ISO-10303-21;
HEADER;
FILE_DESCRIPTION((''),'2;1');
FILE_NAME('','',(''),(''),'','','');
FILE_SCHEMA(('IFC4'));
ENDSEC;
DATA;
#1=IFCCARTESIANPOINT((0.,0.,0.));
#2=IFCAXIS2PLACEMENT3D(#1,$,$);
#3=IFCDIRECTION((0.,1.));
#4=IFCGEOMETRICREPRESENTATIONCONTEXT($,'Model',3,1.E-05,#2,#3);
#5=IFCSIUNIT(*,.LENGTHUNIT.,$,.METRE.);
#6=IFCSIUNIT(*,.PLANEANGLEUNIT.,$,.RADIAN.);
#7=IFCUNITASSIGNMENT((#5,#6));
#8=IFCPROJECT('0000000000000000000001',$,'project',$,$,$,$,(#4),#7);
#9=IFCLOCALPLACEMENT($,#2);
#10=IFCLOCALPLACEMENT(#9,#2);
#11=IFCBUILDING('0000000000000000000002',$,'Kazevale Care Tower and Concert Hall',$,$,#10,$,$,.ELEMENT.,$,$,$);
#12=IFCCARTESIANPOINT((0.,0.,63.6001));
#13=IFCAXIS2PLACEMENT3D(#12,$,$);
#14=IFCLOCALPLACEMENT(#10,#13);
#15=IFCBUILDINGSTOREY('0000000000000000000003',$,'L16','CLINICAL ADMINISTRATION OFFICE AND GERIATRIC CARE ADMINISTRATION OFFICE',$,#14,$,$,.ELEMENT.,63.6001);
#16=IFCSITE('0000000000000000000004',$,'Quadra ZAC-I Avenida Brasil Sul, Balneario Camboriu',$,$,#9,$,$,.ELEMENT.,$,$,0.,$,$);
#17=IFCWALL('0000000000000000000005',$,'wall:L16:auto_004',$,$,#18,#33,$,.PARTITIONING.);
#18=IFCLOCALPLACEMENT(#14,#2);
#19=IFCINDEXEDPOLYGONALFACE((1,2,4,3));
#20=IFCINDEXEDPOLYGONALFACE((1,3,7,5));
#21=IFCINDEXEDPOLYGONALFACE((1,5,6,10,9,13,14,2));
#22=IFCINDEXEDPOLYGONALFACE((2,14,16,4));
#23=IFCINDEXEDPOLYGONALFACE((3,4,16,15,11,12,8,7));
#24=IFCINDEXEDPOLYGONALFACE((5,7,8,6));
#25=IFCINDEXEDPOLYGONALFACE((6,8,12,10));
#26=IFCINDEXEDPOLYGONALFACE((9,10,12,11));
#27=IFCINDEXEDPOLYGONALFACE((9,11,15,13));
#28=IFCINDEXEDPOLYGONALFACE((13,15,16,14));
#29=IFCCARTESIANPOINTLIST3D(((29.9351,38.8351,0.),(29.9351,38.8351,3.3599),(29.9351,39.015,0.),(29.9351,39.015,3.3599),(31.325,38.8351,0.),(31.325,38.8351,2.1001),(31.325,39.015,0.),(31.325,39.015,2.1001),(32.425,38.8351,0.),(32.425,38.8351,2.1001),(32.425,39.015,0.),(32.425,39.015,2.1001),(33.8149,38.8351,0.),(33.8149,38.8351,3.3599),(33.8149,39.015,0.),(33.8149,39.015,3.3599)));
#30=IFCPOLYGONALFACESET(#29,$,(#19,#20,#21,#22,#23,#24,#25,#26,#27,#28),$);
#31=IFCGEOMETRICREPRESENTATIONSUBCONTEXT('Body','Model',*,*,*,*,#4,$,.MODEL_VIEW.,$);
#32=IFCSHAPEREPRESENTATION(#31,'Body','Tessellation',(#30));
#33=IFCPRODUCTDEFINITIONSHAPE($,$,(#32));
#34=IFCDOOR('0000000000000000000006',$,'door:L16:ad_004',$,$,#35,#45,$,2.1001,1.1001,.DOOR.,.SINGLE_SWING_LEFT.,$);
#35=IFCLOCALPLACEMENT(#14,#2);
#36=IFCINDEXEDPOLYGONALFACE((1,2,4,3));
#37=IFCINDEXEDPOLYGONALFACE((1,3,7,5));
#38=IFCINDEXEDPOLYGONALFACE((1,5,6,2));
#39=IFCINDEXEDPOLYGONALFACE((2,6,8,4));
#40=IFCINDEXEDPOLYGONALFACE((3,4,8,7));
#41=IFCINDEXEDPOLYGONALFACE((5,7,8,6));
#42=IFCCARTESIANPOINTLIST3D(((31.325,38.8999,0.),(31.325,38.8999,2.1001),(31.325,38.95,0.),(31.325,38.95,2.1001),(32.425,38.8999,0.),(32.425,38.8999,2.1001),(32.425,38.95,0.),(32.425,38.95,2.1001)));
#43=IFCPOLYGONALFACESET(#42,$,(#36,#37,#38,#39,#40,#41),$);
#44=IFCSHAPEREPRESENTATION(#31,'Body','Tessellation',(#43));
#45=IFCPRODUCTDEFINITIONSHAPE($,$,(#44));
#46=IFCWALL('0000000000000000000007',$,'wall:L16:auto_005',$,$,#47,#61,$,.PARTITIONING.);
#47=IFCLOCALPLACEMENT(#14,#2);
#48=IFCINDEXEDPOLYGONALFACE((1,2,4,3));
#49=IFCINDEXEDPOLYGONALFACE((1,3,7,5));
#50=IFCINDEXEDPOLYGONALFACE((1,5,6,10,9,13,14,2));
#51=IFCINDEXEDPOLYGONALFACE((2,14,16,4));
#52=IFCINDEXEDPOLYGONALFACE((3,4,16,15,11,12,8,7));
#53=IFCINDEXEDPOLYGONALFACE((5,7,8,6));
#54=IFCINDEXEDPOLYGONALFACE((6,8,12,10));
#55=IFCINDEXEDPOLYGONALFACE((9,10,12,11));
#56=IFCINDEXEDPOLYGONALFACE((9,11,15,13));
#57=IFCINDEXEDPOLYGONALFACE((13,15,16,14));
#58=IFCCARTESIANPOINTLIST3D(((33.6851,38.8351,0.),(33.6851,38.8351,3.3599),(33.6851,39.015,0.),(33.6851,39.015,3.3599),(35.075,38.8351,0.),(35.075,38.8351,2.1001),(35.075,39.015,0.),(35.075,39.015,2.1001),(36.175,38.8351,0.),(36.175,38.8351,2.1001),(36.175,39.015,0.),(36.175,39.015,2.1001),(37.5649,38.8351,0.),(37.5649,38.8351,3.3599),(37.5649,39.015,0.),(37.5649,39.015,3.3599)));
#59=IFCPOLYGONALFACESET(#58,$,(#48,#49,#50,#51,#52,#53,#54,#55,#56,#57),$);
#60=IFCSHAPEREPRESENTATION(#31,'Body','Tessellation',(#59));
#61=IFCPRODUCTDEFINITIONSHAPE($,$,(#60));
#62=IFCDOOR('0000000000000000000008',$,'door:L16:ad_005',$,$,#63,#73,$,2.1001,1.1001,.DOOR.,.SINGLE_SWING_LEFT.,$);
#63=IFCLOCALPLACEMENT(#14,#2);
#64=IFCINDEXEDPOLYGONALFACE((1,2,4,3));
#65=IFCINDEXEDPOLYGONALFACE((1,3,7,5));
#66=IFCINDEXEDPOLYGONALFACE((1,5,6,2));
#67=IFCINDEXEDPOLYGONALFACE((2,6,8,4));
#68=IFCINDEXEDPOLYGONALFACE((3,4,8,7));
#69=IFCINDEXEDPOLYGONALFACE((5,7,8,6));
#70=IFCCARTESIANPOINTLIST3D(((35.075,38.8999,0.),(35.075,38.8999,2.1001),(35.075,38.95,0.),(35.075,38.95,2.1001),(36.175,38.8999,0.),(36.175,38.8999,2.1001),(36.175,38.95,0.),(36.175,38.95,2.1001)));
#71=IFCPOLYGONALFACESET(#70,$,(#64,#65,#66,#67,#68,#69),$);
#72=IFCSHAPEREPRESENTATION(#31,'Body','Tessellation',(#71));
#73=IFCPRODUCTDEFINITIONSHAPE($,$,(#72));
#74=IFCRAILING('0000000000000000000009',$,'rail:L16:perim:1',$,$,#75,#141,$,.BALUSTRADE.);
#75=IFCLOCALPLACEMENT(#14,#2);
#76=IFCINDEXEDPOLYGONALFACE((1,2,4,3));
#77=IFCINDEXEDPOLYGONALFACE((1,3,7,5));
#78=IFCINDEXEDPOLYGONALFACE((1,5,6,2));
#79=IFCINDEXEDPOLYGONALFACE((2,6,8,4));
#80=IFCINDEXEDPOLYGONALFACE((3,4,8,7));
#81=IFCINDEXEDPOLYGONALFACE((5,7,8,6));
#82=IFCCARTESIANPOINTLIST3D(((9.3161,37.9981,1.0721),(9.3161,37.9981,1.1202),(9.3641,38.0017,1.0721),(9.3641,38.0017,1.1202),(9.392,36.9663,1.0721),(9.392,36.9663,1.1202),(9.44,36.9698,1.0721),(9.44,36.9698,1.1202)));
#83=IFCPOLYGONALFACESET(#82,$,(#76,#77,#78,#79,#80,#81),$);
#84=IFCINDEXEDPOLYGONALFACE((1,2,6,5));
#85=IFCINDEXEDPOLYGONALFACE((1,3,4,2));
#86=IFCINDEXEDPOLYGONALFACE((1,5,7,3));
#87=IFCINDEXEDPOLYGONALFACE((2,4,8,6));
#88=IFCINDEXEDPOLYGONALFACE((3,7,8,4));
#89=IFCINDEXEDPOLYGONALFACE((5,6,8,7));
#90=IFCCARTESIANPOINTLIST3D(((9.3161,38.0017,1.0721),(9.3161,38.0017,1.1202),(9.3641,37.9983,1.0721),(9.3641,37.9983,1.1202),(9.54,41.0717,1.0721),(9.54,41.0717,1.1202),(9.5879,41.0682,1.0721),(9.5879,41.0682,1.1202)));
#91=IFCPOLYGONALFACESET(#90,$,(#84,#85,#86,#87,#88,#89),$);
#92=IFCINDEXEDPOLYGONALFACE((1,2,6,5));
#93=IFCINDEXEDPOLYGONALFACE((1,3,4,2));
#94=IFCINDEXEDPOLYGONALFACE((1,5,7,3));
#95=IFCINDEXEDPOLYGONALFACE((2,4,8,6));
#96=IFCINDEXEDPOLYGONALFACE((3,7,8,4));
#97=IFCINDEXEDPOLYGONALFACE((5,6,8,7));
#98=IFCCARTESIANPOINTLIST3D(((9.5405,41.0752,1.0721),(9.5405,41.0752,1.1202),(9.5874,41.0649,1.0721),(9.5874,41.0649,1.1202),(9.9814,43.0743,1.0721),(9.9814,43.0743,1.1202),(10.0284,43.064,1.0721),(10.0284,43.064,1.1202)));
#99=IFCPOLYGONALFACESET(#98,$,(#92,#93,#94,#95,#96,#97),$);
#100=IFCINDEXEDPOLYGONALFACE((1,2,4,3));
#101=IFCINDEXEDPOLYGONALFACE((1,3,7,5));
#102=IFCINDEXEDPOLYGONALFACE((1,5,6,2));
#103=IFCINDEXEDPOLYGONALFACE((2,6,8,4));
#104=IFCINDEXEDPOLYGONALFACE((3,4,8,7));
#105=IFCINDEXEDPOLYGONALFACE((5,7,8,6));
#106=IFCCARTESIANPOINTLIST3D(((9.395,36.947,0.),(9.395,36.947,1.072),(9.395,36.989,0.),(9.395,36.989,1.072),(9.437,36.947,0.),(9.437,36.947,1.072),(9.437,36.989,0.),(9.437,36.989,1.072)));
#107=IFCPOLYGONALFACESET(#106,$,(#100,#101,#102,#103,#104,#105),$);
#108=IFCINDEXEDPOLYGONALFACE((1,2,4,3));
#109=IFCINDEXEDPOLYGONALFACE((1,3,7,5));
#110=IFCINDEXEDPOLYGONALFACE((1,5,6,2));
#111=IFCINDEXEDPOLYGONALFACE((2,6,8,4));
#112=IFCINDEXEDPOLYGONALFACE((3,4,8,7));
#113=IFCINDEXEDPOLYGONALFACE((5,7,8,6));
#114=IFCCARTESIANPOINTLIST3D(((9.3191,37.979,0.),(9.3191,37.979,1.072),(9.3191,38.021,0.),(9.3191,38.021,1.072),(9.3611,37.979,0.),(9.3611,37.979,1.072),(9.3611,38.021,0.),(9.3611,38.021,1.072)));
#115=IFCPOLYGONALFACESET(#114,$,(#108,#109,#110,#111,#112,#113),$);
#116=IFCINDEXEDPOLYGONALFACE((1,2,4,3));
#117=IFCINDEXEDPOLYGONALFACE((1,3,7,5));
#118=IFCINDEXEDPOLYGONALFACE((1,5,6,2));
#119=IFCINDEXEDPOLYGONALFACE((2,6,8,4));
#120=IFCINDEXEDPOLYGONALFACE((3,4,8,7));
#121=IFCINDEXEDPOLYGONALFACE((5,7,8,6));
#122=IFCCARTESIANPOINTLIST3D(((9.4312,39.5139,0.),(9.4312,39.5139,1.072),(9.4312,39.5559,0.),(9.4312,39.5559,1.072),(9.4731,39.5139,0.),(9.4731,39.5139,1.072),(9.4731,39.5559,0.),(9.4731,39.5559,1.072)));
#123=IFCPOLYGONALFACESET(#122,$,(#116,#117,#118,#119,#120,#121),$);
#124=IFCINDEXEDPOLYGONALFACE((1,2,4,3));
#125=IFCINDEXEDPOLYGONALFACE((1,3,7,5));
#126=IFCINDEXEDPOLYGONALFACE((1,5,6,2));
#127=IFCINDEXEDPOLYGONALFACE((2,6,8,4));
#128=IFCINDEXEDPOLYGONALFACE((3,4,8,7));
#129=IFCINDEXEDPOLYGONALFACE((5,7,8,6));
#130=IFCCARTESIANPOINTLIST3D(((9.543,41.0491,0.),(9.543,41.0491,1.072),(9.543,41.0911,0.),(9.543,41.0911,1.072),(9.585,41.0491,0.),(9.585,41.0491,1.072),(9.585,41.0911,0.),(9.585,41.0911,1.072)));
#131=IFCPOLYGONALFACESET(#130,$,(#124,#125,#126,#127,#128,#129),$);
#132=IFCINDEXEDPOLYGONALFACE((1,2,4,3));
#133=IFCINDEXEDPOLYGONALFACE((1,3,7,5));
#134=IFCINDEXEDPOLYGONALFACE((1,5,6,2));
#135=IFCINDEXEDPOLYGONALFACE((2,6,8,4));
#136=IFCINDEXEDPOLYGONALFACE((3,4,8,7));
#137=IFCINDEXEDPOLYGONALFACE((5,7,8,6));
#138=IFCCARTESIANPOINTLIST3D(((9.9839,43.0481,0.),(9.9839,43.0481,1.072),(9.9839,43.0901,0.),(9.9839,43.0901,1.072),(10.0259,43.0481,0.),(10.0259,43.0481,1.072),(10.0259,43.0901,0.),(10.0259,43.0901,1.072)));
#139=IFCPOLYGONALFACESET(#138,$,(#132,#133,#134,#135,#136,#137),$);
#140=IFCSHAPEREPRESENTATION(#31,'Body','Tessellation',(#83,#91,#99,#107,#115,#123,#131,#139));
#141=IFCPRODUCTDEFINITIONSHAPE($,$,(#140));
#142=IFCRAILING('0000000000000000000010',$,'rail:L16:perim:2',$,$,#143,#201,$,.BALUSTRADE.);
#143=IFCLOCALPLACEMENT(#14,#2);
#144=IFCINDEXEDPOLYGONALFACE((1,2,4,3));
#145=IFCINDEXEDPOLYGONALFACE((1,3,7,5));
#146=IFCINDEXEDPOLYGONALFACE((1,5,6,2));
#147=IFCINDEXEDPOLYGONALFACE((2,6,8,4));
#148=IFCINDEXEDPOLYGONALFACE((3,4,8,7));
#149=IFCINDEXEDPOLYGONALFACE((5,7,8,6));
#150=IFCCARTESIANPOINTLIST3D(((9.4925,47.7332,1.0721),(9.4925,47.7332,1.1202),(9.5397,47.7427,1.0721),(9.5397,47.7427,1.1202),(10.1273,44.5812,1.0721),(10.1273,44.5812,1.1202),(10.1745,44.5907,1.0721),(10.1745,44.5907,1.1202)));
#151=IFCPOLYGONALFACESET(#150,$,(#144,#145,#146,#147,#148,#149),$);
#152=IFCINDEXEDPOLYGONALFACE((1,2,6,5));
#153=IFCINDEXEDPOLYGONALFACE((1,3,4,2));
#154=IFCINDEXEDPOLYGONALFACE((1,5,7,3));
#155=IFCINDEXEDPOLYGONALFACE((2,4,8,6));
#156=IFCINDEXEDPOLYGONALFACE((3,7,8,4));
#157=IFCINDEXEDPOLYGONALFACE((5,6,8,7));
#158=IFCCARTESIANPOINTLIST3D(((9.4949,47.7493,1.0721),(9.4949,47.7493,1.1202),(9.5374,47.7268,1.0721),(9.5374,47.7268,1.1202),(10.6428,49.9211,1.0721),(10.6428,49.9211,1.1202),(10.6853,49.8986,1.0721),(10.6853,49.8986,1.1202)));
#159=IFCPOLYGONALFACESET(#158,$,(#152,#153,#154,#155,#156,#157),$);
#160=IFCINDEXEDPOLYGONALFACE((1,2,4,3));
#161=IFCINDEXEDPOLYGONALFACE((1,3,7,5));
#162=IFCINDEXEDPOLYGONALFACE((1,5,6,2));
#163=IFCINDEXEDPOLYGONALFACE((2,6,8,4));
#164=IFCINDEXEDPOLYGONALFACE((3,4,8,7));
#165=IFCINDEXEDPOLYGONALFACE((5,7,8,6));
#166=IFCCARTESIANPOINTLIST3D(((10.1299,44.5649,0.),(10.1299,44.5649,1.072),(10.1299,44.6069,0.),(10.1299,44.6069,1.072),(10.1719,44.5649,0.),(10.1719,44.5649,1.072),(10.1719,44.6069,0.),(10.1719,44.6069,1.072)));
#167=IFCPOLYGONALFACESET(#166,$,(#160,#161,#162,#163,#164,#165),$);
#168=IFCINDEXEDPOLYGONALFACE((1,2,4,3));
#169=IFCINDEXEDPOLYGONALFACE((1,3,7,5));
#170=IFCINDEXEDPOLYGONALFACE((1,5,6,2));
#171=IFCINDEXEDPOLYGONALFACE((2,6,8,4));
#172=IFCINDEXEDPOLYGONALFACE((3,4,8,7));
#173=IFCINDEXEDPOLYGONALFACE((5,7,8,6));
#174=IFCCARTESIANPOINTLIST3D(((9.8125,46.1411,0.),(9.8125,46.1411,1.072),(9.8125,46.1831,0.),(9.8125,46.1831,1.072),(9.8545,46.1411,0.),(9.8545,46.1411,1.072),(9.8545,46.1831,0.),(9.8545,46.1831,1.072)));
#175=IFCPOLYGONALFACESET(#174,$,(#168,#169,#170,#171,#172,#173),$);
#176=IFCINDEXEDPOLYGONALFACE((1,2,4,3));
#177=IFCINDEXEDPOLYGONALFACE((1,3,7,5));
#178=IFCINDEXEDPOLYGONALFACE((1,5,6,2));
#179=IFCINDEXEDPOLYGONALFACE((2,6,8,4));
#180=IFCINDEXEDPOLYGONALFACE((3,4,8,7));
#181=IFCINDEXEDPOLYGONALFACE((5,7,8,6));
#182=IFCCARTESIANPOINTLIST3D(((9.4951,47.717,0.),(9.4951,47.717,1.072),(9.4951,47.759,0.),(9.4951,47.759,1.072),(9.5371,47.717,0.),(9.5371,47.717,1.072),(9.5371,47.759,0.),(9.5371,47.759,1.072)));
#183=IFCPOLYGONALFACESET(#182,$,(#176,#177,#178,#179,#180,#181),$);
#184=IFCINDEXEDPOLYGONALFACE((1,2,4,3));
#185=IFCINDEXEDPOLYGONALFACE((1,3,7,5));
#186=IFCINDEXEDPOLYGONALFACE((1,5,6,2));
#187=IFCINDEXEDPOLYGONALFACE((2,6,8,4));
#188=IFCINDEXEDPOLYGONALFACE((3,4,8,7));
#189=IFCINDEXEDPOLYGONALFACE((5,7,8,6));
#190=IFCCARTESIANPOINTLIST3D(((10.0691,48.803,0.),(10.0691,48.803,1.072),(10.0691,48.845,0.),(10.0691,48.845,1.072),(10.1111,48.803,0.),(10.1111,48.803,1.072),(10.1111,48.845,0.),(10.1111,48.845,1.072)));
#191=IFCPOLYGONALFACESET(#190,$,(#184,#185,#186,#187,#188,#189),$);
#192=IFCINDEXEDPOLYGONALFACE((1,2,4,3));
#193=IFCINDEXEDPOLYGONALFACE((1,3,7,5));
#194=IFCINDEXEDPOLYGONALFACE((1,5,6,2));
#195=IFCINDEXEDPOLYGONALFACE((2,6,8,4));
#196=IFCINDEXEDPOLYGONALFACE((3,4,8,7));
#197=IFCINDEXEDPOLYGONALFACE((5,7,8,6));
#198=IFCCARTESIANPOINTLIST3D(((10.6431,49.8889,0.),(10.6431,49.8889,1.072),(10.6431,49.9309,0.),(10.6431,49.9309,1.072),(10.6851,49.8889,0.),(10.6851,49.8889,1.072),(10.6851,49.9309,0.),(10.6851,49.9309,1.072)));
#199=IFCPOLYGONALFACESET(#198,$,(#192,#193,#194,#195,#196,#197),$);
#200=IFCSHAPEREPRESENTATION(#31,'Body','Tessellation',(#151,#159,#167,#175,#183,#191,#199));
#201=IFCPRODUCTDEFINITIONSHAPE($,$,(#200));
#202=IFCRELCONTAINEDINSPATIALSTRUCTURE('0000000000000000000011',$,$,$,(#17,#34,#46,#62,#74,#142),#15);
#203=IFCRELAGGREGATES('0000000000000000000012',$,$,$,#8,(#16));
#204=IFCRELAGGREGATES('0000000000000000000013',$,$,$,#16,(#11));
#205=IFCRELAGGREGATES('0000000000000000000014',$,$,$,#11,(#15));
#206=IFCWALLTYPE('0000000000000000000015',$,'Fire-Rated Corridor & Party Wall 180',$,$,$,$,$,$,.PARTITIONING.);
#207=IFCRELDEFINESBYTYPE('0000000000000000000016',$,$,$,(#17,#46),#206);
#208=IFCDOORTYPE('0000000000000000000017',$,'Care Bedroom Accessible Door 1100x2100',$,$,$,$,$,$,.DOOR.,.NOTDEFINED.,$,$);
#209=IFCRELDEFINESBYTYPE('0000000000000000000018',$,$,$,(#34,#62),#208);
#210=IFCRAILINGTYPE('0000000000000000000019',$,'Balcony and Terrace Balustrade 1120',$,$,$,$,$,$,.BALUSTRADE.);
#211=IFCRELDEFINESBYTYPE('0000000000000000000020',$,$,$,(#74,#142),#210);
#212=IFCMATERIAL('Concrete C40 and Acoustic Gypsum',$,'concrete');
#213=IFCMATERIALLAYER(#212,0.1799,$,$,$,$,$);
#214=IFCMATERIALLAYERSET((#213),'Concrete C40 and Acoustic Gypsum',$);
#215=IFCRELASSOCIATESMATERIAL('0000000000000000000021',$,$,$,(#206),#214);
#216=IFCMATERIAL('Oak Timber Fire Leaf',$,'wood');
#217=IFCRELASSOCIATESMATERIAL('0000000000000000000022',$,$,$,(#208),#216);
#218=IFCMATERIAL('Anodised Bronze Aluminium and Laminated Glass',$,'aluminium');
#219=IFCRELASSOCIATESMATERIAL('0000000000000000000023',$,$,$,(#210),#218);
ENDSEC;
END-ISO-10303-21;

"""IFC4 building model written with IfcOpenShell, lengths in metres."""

from ifc_helpers import new_model, si_unit, direction, frame, frame_2d, origin, origin_2d, place, context, subcontext, project, spatial, rectangle, extrude, material, layer, layer_set, type_object, element, fill, save


model = new_model("IFC4")

# Units and contexts
model_context = context("Model", 3, precision=1e-05, world=origin(), true_north=direction((0.0, 1.0)))
body_context = subcontext(model_context, "Body", "Model", "MODEL_VIEW")
ifc_project = project(units=[si_unit("LENGTHUNIT", "METRE"), si_unit("PLANEANGLEUNIT", "RADIAN")], contexts=[model_context])

# Site, building, storey
site_placement = place(None, origin())
site = spatial("IfcSite", under=ifc_project, at=site_placement, Name="Quadra ZAC-I Avenida Brasil Sul, Balneario Camboriu", CompositionType="ELEMENT", RefElevation=0.0)
building_placement = place(site_placement, origin())
building = spatial("IfcBuilding", under=site, at=building_placement, Name="Kazevale Care Tower and Concert Hall", CompositionType="ELEMENT")
storey_placement = place(building_placement, frame((0.0, 0.0, 63.6001)))
storey = spatial("IfcBuildingStorey", under=building, at=storey_placement, Name="L16", Description="CLINICAL ADMINISTRATION OFFICE AND GERIATRIC CARE ADMINISTRATION OFFICE", CompositionType="ELEMENT", Elevation=63.6001)

# Walls, openings, doors
ifc_material_1 = material(Name="Concrete C40 and Acoustic Gypsum", Category="concrete")
ifc_layer_1 = layer(ifc_material_1, 0.1799)
ifc_layer_set_1 = layer_set([ifc_layer_1], Name="Concrete C40 and Acoustic Gypsum")
wall_type = type_object("IfcWallType", Name="Fire-Rated Corridor & Party Wall 180", PredefinedType="PARTITIONING", material=ifc_layer_set_1)
ifc_material_2 = material(Name="Oak Timber Fire Leaf", Category="wood")
door_type = type_object("IfcDoorType", Name="Care Bedroom Accessible Door 1100x2100", OperationType="NOTDEFINED", PredefinedType="DOOR", material=ifc_material_2)
wall_1_placement = place(storey_placement, frame((29.9351, 38.925, 0.0), z_axis=(0.0, 0.0, 1.0), x_axis=(1.0, 0.0, 0.0)))
wall_1 = element("IfcWall", 1, at=wall_1_placement, inside=storey, type_object=wall_type, Name="wall:L16:auto_004", PredefinedType="PARTITIONING", context=body_context, shape_type="SweptSolid", body=[
    extrude(rectangle(XDim=3.8799, YDim=0.1799, at=frame_2d((1.9399, 0.0))), origin(), (0.0, 0.0, 1.0), 3.3599),
])
opening_1_placement = place(wall_1_placement, frame((1.3899, 0.0, 0.0)))
opening_1 = element("IfcOpeningElement", 2, at=opening_1_placement, cuts=wall_1, PredefinedType="OPENING", context=body_context, shape_type="SweptSolid", body=[
    extrude(rectangle(XDim=1.1001, YDim=2.1001, at=frame_2d((0.55, 1.05))), frame((0.0, 0.0999, 0.0), z_axis=(0.0, -1.0, 0.0), x_axis=(1.0, 0.0, 0.0)), (0.0, 0.0, 1.0), 0.2),
])
door_1_placement = place(opening_1_placement, origin())
door_1 = element("IfcDoor", 3, at=door_1_placement, inside=storey, type_object=door_type, Name="door:L16:ad_004", OperationType="SINGLE_SWING_LEFT", OverallHeight=2.1001, OverallWidth=1.1001, PredefinedType="DOOR", context=body_context, shape_type="SweptSolid", body=[
    extrude(rectangle(XDim=1.1001, YDim=2.1001, at=frame_2d((0.55, 1.05))), frame((0.0, 0.0249, 0.0), z_axis=(0.0, -1.0, 0.0), x_axis=(1.0, 0.0, 0.0)), (0.0, 0.0, 1.0), 0.05),
])
fill(opening_1, door_1)
wall_2_placement = place(storey_placement, frame((33.6851, 38.925, 0.0), z_axis=(0.0, 0.0, 1.0), x_axis=(1.0, 0.0, 0.0)))
wall_2 = element("IfcWall", 4, at=wall_2_placement, inside=storey, type_object=wall_type, Name="wall:L16:auto_005", PredefinedType="PARTITIONING", context=body_context, shape_type="SweptSolid", body=[
    extrude(rectangle(XDim=3.8799, YDim=0.1799, at=frame_2d((1.9399, 0.0))), origin(), (0.0, 0.0, 1.0), 3.3599),
])
opening_2_placement = place(wall_2_placement, frame((1.3899, 0.0, 0.0)))
opening_2 = element("IfcOpeningElement", 5, at=opening_2_placement, cuts=wall_2, PredefinedType="OPENING", context=body_context, shape_type="SweptSolid", body=[
    extrude(rectangle(XDim=1.1001, YDim=2.1001, at=frame_2d((0.55, 1.05))), frame((0.0, 0.0999, 0.0), z_axis=(0.0, -1.0, 0.0), x_axis=(1.0, 0.0, 0.0)), (0.0, 0.0, 1.0), 0.2),
])
door_2_placement = place(opening_2_placement, origin())
door_2 = element("IfcDoor", 6, at=door_2_placement, inside=storey, type_object=door_type, Name="door:L16:ad_005", OperationType="SINGLE_SWING_LEFT", OverallHeight=2.1001, OverallWidth=1.1001, PredefinedType="DOOR", context=body_context, shape_type="SweptSolid", body=[
    extrude(rectangle(XDim=1.1001, YDim=2.1001, at=frame_2d((0.55, 1.05))), frame((0.0, 0.0249, 0.0), z_axis=(0.0, -1.0, 0.0), x_axis=(1.0, 0.0, 0.0)), (0.0, 0.0, 1.0), 0.05),
])
fill(opening_2, door_2)

# Railings
ifc_material_3 = material(Name="Anodised Bronze Aluminium and Laminated Glass", Category="aluminium")
railing_type = type_object("IfcRailingType", Name="Balcony and Terrace Balustrade 1120", PredefinedType="BALUSTRADE", material=ifc_material_3)
railing_1_placement = place(storey_placement, frame((9.416, 36.968, 0.0)))
element("IfcRailing", 7, at=railing_1_placement, inside=storey, type_object=railing_type, Name="rail:L16:perim:1", PredefinedType="BALUSTRADE", context=body_context, shape_type="SweptSolid", body=[
    extrude(rectangle(XDim=0.0481, YDim=0.0481, at=origin_2d()), frame((0.0, 0.0, 1.0962), z_axis=(-0.073376, 0.997304, 0.0), x_axis=(-0.997304, -0.073376, 0.0)), (0.0, 0.0, 1.0), 1.0347),
    extrude(rectangle(XDim=0.0481, YDim=0.0481, at=origin_2d()), frame((-0.0759, 1.032, 1.0962), z_axis=(0.072729, 0.997352, 0.0), x_axis=(-0.997352, 0.072729, 0.0)), (0.0, 0.0, 1.0), 3.0781),
    extrude(rectangle(XDim=0.0481, YDim=0.0481, at=origin_2d()), frame((0.1479, 4.1021, 1.0962), z_axis=(0.21539, 0.976528, 0.0), x_axis=(-0.976528, 0.21539, 0.0)), (0.0, 0.0, 1.0), 2.0471),
    extrude(rectangle(XDim=0.042, YDim=0.042, at=origin_2d()), origin(), (0.0, 0.0, 1.0), 1.072),
    extrude(rectangle(XDim=0.042, YDim=0.042, at=origin_2d()), frame((-0.0759, 1.032, 0.0)), (0.0, 0.0, 1.0), 1.072),
    extrude(rectangle(XDim=0.042, YDim=0.042, at=origin_2d()), frame((0.0361, 2.5669, 0.0)), (0.0, 0.0, 1.0), 1.072),
    extrude(rectangle(XDim=0.042, YDim=0.042, at=origin_2d()), frame((0.1479, 4.1021, 0.0)), (0.0, 0.0, 1.0), 1.072),
    extrude(rectangle(XDim=0.042, YDim=0.042, at=origin_2d()), frame((0.5889, 6.1011, 0.0)), (0.0, 0.0, 1.0), 1.072),
])
railing_2_placement = place(storey_placement, frame((10.1509, 44.5859, 0.0)))
element("IfcRailing", 8, at=railing_2_placement, inside=storey, type_object=railing_type, Name="rail:L16:perim:2", PredefinedType="BALUSTRADE", context=body_context, shape_type="SweptSolid", body=[
    extrude(rectangle(XDim=0.0481, YDim=0.0481, at=origin_2d()), frame((0.0, 0.0, 1.0962), z_axis=(-0.197416, 0.98032, 0.0), x_axis=(-0.98032, -0.197416, 0.0)), (0.0, 0.0, 1.0), 3.2153),
    extrude(rectangle(XDim=0.0481, YDim=0.0481, at=origin_2d()), frame((-0.6348, 3.1521, 1.0962), z_axis=(0.467294, 0.884102, 0.0), x_axis=(-0.884102, 0.467294, 0.0)), (0.0, 0.0, 1.0), 2.4565),
    extrude(rectangle(XDim=0.042, YDim=0.042, at=origin_2d()), origin(), (0.0, 0.0, 1.0), 1.072),
    extrude(rectangle(XDim=0.042, YDim=0.042, at=origin_2d()), frame((-0.3174, 1.5762, 0.0)), (0.0, 0.0, 1.0), 1.072),
    extrude(rectangle(XDim=0.042, YDim=0.042, at=origin_2d()), frame((-0.6348, 3.1521, 0.0)), (0.0, 0.0, 1.0), 1.072),
    extrude(rectangle(XDim=0.042, YDim=0.042, at=origin_2d()), frame((-0.0608, 4.238, 0.0)), (0.0, 0.0, 1.0), 1.072),
    extrude(rectangle(XDim=0.042, YDim=0.042, at=origin_2d()), frame((0.5132, 5.324, 0.0)), (0.0, 0.0, 1.0), 1.072),
])

save(model, "model.ifc")
